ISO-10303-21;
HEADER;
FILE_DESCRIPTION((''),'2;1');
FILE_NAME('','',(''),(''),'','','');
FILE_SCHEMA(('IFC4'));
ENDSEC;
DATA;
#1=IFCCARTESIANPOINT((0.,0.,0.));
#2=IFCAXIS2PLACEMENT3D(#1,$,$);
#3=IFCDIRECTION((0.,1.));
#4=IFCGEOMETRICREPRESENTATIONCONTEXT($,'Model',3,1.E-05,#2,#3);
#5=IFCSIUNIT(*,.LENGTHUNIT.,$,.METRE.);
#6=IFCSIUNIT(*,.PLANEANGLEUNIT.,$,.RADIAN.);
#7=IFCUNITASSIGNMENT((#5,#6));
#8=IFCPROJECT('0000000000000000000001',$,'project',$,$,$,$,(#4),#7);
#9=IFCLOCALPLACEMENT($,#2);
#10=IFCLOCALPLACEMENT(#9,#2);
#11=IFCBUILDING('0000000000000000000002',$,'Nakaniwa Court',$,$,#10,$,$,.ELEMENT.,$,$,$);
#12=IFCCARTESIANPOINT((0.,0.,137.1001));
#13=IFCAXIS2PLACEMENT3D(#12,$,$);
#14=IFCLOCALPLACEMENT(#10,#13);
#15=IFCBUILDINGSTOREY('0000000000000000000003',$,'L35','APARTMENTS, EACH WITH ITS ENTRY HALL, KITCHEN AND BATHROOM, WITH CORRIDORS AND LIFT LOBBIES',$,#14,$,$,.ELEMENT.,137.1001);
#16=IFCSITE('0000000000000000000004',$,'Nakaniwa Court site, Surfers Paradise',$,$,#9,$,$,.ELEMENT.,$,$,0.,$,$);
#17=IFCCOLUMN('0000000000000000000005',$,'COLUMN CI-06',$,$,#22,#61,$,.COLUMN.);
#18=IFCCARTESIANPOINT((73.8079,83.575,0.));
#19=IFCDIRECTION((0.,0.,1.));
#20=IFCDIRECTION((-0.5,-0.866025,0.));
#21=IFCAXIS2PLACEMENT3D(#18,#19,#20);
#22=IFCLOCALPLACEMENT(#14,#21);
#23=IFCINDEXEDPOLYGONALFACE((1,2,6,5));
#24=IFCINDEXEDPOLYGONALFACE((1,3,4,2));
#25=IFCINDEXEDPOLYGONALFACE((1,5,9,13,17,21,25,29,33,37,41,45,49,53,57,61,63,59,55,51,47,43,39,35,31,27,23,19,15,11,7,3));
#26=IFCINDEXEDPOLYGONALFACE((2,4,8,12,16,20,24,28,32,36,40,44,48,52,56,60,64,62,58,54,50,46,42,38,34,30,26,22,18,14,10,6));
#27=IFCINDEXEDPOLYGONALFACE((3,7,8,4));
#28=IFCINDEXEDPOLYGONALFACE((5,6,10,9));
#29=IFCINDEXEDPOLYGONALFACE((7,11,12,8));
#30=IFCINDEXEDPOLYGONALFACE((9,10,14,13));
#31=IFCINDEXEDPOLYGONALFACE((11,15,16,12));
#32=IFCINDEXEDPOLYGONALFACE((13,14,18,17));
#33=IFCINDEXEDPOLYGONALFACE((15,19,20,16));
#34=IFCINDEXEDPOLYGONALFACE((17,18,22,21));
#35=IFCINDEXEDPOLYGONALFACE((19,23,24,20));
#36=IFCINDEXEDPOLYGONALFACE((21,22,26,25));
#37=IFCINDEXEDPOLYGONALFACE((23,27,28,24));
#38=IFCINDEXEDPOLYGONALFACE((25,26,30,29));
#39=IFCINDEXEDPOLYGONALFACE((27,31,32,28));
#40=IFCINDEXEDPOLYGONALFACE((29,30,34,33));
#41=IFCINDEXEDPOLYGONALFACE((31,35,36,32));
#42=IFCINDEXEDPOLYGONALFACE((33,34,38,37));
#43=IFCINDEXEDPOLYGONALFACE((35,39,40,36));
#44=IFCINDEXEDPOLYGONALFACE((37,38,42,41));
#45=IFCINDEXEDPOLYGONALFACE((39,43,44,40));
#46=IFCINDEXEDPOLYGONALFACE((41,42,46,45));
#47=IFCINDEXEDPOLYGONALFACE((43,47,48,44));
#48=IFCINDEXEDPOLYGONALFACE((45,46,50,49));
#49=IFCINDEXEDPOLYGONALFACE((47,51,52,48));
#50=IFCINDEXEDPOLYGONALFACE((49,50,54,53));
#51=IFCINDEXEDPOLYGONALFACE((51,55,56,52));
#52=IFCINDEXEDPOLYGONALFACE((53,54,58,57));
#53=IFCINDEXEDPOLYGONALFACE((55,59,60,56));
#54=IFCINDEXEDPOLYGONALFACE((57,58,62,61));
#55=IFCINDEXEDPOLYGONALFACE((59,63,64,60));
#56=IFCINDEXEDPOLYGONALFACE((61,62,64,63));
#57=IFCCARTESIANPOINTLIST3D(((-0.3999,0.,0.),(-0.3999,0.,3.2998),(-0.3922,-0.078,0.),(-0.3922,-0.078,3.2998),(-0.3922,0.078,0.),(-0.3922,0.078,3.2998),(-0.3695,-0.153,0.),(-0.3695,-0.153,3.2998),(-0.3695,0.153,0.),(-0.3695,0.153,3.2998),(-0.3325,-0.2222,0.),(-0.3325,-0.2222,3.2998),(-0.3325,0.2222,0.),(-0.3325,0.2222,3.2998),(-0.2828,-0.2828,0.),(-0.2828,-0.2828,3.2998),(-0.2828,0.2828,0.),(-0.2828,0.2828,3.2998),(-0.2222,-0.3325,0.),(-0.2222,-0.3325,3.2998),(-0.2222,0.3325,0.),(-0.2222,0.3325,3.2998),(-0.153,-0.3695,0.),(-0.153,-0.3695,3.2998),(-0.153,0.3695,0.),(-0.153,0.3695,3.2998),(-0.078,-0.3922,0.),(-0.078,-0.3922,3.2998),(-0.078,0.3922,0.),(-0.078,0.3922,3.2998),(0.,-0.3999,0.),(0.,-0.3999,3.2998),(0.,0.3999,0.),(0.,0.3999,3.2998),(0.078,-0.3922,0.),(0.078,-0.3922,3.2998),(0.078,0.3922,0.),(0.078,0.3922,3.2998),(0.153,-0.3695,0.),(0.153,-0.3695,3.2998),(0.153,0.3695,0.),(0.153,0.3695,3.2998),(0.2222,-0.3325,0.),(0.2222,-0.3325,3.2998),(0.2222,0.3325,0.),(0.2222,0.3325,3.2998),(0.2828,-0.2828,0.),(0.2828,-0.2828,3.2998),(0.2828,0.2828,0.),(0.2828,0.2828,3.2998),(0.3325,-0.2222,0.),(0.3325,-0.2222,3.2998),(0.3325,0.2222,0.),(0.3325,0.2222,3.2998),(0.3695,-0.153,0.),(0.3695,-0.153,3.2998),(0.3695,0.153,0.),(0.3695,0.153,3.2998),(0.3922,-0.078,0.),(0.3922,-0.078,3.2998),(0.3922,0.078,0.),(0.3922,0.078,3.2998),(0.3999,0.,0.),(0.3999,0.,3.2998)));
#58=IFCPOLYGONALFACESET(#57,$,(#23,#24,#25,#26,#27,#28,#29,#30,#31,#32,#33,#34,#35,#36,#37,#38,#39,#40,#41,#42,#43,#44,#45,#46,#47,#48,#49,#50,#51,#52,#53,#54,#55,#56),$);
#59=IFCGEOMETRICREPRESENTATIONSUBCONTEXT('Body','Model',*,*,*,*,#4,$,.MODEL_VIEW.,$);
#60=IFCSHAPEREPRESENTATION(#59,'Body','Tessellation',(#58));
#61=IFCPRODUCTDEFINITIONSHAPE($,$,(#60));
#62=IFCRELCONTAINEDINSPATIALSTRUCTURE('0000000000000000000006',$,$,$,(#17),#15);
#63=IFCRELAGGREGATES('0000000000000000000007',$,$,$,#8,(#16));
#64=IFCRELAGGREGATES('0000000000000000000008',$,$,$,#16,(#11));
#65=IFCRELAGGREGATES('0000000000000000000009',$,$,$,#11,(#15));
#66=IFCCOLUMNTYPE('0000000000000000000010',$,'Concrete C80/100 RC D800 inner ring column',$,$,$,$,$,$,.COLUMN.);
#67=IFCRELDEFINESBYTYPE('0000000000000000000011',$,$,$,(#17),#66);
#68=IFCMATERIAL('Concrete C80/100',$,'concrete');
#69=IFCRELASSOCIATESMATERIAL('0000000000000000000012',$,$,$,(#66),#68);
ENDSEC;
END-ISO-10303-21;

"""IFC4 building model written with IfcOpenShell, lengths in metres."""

from ifc_helpers import new_model, si_unit, direction, frame, origin, origin_2d, place, context, subcontext, project, spatial, circle, extrude, material, material_profile, profile_set, type_object, element, save


model = new_model("IFC4")

# Units and contexts
model_context = context("Model", 3, precision=1e-05, world=origin(), true_north=direction((0.0, 1.0)))
body_context = subcontext(model_context, "Body", "Model", "MODEL_VIEW")
ifc_project = project(units=[si_unit("LENGTHUNIT", "METRE"), si_unit("PLANEANGLEUNIT", "RADIAN")], contexts=[model_context])

# Site, building, storey
site_placement = place(None, origin())
site = spatial("IfcSite", under=ifc_project, at=site_placement, Name="Nakaniwa Court site, Surfers Paradise", CompositionType="ELEMENT", RefElevation=0.0)
building_placement = place(site_placement, origin())
building = spatial("IfcBuilding", under=site, at=building_placement, Name="Nakaniwa Court", CompositionType="ELEMENT")
storey_placement = place(building_placement, frame((0.0, 0.0, 137.1001)))
storey = spatial("IfcBuildingStorey", under=building, at=storey_placement, Name="L35", Description="APARTMENTS, EACH WITH ITS ENTRY HALL, KITCHEN AND BATHROOM, WITH CORRIDORS AND LIFT LOBBIES", CompositionType="ELEMENT", Elevation=137.1001)

# Column
ifc_material_1 = material(Name="Concrete C80/100", Category="concrete")
ifc_material_profile_1 = material_profile(ifc_material_1, circle(Radius=0.3999, at=origin_2d()), Name="Concrete C80/100 RC D800 inner ring column")
ifc_profile_set_1 = profile_set([ifc_material_profile_1], Name="Concrete C80/100")
column_type_1 = type_object("IfcColumnType", Name="Concrete C80/100 RC D800 inner ring column", PredefinedType="COLUMN", material=ifc_profile_set_1)
column_placement = place(storey_placement, frame((73.8079, 83.575, 0.0), z_axis=(0.0, 0.0, 1.0), x_axis=(-0.5, -0.866025, 0.0)))
element("IfcColumn", 1, at=column_placement, inside=storey, type_object=column_type_1, Name="COLUMN CI-06", PredefinedType="COLUMN", context=body_context, shape_type="SweptSolid", body=[
    extrude(circle(Radius=0.3999, at=origin_2d()), origin(), (0.0, 0.0, 1.0), 3.2998),
])

save(model, "model.ifc")
